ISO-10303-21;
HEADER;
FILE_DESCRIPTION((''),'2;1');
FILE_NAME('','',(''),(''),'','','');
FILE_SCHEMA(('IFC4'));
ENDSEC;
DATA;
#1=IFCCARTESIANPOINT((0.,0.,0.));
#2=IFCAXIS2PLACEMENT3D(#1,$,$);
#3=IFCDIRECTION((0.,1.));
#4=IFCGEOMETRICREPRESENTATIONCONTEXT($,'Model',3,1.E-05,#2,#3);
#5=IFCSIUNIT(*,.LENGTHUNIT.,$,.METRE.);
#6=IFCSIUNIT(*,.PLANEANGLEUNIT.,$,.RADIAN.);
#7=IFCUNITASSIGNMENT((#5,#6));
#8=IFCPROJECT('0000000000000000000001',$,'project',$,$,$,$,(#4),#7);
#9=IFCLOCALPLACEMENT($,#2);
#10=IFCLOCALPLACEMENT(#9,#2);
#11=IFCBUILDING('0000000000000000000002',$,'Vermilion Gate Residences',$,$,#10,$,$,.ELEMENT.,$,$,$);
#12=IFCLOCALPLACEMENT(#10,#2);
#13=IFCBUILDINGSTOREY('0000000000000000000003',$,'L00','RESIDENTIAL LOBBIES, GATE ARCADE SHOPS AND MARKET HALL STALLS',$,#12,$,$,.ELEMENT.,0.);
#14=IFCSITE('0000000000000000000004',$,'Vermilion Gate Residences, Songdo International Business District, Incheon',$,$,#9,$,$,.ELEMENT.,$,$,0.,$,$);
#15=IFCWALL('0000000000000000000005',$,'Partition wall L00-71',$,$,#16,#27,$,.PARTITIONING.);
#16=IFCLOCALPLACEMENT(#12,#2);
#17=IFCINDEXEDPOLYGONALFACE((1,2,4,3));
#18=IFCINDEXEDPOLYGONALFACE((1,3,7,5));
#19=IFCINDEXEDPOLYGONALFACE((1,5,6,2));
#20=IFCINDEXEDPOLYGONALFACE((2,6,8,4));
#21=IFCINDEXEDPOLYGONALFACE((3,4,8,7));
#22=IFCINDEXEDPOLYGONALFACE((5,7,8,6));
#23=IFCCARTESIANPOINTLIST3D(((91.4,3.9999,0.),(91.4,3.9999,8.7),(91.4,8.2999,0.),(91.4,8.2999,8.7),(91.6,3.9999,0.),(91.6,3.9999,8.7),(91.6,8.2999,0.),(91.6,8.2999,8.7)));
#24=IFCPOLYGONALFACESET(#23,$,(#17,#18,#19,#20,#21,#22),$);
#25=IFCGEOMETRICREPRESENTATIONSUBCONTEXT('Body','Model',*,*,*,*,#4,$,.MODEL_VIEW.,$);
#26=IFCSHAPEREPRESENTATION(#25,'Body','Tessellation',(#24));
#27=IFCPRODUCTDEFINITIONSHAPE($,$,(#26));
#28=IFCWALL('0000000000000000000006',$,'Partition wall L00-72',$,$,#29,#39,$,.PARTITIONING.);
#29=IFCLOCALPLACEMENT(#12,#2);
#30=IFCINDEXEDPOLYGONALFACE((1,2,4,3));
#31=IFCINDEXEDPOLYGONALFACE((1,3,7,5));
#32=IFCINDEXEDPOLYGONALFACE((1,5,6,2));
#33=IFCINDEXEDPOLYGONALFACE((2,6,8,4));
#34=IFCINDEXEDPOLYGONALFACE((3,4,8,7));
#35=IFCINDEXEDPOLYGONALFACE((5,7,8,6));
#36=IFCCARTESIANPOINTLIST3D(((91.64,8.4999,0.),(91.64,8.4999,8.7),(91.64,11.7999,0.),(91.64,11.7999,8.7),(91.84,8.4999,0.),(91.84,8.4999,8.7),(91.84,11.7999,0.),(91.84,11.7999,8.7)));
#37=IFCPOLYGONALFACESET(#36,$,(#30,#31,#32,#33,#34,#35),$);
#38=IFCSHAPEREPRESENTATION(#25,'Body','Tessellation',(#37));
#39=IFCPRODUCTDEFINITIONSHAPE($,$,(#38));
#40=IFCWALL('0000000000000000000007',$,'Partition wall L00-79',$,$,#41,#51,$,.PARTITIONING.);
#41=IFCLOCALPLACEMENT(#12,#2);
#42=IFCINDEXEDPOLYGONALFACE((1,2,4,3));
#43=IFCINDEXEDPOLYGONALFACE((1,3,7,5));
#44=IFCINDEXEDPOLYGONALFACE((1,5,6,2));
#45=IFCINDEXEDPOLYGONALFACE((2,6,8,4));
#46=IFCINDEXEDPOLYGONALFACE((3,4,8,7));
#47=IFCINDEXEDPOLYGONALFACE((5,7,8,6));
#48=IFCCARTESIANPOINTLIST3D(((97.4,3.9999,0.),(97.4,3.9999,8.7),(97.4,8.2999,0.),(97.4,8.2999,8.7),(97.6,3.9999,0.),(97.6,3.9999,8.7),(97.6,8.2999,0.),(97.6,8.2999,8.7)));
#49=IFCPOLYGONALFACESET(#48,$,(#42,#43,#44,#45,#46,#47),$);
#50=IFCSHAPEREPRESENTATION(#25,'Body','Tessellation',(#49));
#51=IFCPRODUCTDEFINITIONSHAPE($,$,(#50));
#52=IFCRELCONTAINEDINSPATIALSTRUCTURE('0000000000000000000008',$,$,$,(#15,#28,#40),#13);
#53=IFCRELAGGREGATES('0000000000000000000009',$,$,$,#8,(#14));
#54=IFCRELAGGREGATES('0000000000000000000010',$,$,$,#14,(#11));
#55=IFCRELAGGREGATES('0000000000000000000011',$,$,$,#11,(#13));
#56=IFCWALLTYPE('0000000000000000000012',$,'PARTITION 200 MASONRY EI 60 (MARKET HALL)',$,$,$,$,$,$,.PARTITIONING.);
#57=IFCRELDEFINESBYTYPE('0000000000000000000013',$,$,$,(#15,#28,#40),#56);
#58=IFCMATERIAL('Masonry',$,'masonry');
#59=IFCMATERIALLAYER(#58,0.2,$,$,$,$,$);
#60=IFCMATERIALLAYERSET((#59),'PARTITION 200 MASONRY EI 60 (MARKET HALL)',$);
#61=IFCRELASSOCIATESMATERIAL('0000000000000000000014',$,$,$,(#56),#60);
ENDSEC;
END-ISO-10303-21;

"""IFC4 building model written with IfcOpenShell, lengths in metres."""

from ifc_helpers import new_model, si_unit, direction, frame, frame_2d, origin, place, context, subcontext, project, spatial, rectangle, extrude, material, layer, layer_set, type_object, element, save


model = new_model("IFC4")

# Units and contexts
model_context = context("Model", 3, precision=1e-05, world=origin(), true_north=direction((0.0, 1.0)))
body_context = subcontext(model_context, "Body", "Model", "MODEL_VIEW")
ifc_project = project(units=[si_unit("LENGTHUNIT", "METRE"), si_unit("PLANEANGLEUNIT", "RADIAN")], contexts=[model_context])

# Site, building, storey
site_placement = place(None, origin())
site = spatial("IfcSite", under=ifc_project, at=site_placement, Name="Vermilion Gate Residences, Songdo International Business District, Incheon", CompositionType="ELEMENT", RefElevation=0.0)
building_placement = place(site_placement, origin())
building = spatial("IfcBuilding", under=site, at=building_placement, Name="Vermilion Gate Residences", CompositionType="ELEMENT")
storey_placement = place(building_placement, origin())
storey = spatial("IfcBuildingStorey", under=building, at=storey_placement, Name="L00", Description="RESIDENTIAL LOBBIES, GATE ARCADE SHOPS AND MARKET HALL STALLS", CompositionType="ELEMENT", Elevation=0.0)

# Walls
ifc_material_1 = material(Name="Masonry", Category="masonry")
ifc_layer_1 = layer(ifc_material_1, 0.2)
ifc_layer_set_1 = layer_set([ifc_layer_1], Name="PARTITION 200 MASONRY EI 60 (MARKET HALL)")
wall_type_1 = type_object("IfcWallType", Name="PARTITION 200 MASONRY EI 60 (MARKET HALL)", PredefinedType="PARTITIONING", material=ifc_layer_set_1)
wall_1_placement = place(storey_placement, frame((91.5, 4.0, 0.0), z_axis=(0.0, 0.0, 1.0), x_axis=(0.0, 1.0, 0.0)))
element("IfcWall", 1, at=wall_1_placement, inside=storey, type_object=wall_type_1, Name="Partition wall L00-71", PredefinedType="PARTITIONING", context=body_context, shape_type="SweptSolid", body=[
    extrude(rectangle(XDim=4.3, YDim=0.2, at=frame_2d((2.1499, 0.0))), origin(), (0.0, 0.0, 1.0), 8.7),
])
wall_2_placement = place(storey_placement, frame((91.74, 8.5, 0.0), z_axis=(0.0, 0.0, 1.0), x_axis=(0.0, 1.0, 0.0)))
element("IfcWall", 2, at=wall_2_placement, inside=storey, type_object=wall_type_1, Name="Partition wall L00-72", PredefinedType="PARTITIONING", context=body_context, shape_type="SweptSolid", body=[
    extrude(rectangle(XDim=3.3, YDim=0.2, at=frame_2d((1.6499, 0.0))), origin(), (0.0, 0.0, 1.0), 8.7),
])
wall_3_placement = place(storey_placement, frame((97.5, 4.0, 0.0), z_axis=(0.0, 0.0, 1.0), x_axis=(0.0, 1.0, 0.0)))
element("IfcWall", 3, at=wall_3_placement, inside=storey, type_object=wall_type_1, Name="Partition wall L00-79", PredefinedType="PARTITIONING", context=body_context, shape_type="SweptSolid", body=[
    extrude(rectangle(XDim=4.3, YDim=0.2, at=frame_2d((2.1499, 0.0))), origin(), (0.0, 0.0, 1.0), 8.7),
])

save(model, "model.ifc")
